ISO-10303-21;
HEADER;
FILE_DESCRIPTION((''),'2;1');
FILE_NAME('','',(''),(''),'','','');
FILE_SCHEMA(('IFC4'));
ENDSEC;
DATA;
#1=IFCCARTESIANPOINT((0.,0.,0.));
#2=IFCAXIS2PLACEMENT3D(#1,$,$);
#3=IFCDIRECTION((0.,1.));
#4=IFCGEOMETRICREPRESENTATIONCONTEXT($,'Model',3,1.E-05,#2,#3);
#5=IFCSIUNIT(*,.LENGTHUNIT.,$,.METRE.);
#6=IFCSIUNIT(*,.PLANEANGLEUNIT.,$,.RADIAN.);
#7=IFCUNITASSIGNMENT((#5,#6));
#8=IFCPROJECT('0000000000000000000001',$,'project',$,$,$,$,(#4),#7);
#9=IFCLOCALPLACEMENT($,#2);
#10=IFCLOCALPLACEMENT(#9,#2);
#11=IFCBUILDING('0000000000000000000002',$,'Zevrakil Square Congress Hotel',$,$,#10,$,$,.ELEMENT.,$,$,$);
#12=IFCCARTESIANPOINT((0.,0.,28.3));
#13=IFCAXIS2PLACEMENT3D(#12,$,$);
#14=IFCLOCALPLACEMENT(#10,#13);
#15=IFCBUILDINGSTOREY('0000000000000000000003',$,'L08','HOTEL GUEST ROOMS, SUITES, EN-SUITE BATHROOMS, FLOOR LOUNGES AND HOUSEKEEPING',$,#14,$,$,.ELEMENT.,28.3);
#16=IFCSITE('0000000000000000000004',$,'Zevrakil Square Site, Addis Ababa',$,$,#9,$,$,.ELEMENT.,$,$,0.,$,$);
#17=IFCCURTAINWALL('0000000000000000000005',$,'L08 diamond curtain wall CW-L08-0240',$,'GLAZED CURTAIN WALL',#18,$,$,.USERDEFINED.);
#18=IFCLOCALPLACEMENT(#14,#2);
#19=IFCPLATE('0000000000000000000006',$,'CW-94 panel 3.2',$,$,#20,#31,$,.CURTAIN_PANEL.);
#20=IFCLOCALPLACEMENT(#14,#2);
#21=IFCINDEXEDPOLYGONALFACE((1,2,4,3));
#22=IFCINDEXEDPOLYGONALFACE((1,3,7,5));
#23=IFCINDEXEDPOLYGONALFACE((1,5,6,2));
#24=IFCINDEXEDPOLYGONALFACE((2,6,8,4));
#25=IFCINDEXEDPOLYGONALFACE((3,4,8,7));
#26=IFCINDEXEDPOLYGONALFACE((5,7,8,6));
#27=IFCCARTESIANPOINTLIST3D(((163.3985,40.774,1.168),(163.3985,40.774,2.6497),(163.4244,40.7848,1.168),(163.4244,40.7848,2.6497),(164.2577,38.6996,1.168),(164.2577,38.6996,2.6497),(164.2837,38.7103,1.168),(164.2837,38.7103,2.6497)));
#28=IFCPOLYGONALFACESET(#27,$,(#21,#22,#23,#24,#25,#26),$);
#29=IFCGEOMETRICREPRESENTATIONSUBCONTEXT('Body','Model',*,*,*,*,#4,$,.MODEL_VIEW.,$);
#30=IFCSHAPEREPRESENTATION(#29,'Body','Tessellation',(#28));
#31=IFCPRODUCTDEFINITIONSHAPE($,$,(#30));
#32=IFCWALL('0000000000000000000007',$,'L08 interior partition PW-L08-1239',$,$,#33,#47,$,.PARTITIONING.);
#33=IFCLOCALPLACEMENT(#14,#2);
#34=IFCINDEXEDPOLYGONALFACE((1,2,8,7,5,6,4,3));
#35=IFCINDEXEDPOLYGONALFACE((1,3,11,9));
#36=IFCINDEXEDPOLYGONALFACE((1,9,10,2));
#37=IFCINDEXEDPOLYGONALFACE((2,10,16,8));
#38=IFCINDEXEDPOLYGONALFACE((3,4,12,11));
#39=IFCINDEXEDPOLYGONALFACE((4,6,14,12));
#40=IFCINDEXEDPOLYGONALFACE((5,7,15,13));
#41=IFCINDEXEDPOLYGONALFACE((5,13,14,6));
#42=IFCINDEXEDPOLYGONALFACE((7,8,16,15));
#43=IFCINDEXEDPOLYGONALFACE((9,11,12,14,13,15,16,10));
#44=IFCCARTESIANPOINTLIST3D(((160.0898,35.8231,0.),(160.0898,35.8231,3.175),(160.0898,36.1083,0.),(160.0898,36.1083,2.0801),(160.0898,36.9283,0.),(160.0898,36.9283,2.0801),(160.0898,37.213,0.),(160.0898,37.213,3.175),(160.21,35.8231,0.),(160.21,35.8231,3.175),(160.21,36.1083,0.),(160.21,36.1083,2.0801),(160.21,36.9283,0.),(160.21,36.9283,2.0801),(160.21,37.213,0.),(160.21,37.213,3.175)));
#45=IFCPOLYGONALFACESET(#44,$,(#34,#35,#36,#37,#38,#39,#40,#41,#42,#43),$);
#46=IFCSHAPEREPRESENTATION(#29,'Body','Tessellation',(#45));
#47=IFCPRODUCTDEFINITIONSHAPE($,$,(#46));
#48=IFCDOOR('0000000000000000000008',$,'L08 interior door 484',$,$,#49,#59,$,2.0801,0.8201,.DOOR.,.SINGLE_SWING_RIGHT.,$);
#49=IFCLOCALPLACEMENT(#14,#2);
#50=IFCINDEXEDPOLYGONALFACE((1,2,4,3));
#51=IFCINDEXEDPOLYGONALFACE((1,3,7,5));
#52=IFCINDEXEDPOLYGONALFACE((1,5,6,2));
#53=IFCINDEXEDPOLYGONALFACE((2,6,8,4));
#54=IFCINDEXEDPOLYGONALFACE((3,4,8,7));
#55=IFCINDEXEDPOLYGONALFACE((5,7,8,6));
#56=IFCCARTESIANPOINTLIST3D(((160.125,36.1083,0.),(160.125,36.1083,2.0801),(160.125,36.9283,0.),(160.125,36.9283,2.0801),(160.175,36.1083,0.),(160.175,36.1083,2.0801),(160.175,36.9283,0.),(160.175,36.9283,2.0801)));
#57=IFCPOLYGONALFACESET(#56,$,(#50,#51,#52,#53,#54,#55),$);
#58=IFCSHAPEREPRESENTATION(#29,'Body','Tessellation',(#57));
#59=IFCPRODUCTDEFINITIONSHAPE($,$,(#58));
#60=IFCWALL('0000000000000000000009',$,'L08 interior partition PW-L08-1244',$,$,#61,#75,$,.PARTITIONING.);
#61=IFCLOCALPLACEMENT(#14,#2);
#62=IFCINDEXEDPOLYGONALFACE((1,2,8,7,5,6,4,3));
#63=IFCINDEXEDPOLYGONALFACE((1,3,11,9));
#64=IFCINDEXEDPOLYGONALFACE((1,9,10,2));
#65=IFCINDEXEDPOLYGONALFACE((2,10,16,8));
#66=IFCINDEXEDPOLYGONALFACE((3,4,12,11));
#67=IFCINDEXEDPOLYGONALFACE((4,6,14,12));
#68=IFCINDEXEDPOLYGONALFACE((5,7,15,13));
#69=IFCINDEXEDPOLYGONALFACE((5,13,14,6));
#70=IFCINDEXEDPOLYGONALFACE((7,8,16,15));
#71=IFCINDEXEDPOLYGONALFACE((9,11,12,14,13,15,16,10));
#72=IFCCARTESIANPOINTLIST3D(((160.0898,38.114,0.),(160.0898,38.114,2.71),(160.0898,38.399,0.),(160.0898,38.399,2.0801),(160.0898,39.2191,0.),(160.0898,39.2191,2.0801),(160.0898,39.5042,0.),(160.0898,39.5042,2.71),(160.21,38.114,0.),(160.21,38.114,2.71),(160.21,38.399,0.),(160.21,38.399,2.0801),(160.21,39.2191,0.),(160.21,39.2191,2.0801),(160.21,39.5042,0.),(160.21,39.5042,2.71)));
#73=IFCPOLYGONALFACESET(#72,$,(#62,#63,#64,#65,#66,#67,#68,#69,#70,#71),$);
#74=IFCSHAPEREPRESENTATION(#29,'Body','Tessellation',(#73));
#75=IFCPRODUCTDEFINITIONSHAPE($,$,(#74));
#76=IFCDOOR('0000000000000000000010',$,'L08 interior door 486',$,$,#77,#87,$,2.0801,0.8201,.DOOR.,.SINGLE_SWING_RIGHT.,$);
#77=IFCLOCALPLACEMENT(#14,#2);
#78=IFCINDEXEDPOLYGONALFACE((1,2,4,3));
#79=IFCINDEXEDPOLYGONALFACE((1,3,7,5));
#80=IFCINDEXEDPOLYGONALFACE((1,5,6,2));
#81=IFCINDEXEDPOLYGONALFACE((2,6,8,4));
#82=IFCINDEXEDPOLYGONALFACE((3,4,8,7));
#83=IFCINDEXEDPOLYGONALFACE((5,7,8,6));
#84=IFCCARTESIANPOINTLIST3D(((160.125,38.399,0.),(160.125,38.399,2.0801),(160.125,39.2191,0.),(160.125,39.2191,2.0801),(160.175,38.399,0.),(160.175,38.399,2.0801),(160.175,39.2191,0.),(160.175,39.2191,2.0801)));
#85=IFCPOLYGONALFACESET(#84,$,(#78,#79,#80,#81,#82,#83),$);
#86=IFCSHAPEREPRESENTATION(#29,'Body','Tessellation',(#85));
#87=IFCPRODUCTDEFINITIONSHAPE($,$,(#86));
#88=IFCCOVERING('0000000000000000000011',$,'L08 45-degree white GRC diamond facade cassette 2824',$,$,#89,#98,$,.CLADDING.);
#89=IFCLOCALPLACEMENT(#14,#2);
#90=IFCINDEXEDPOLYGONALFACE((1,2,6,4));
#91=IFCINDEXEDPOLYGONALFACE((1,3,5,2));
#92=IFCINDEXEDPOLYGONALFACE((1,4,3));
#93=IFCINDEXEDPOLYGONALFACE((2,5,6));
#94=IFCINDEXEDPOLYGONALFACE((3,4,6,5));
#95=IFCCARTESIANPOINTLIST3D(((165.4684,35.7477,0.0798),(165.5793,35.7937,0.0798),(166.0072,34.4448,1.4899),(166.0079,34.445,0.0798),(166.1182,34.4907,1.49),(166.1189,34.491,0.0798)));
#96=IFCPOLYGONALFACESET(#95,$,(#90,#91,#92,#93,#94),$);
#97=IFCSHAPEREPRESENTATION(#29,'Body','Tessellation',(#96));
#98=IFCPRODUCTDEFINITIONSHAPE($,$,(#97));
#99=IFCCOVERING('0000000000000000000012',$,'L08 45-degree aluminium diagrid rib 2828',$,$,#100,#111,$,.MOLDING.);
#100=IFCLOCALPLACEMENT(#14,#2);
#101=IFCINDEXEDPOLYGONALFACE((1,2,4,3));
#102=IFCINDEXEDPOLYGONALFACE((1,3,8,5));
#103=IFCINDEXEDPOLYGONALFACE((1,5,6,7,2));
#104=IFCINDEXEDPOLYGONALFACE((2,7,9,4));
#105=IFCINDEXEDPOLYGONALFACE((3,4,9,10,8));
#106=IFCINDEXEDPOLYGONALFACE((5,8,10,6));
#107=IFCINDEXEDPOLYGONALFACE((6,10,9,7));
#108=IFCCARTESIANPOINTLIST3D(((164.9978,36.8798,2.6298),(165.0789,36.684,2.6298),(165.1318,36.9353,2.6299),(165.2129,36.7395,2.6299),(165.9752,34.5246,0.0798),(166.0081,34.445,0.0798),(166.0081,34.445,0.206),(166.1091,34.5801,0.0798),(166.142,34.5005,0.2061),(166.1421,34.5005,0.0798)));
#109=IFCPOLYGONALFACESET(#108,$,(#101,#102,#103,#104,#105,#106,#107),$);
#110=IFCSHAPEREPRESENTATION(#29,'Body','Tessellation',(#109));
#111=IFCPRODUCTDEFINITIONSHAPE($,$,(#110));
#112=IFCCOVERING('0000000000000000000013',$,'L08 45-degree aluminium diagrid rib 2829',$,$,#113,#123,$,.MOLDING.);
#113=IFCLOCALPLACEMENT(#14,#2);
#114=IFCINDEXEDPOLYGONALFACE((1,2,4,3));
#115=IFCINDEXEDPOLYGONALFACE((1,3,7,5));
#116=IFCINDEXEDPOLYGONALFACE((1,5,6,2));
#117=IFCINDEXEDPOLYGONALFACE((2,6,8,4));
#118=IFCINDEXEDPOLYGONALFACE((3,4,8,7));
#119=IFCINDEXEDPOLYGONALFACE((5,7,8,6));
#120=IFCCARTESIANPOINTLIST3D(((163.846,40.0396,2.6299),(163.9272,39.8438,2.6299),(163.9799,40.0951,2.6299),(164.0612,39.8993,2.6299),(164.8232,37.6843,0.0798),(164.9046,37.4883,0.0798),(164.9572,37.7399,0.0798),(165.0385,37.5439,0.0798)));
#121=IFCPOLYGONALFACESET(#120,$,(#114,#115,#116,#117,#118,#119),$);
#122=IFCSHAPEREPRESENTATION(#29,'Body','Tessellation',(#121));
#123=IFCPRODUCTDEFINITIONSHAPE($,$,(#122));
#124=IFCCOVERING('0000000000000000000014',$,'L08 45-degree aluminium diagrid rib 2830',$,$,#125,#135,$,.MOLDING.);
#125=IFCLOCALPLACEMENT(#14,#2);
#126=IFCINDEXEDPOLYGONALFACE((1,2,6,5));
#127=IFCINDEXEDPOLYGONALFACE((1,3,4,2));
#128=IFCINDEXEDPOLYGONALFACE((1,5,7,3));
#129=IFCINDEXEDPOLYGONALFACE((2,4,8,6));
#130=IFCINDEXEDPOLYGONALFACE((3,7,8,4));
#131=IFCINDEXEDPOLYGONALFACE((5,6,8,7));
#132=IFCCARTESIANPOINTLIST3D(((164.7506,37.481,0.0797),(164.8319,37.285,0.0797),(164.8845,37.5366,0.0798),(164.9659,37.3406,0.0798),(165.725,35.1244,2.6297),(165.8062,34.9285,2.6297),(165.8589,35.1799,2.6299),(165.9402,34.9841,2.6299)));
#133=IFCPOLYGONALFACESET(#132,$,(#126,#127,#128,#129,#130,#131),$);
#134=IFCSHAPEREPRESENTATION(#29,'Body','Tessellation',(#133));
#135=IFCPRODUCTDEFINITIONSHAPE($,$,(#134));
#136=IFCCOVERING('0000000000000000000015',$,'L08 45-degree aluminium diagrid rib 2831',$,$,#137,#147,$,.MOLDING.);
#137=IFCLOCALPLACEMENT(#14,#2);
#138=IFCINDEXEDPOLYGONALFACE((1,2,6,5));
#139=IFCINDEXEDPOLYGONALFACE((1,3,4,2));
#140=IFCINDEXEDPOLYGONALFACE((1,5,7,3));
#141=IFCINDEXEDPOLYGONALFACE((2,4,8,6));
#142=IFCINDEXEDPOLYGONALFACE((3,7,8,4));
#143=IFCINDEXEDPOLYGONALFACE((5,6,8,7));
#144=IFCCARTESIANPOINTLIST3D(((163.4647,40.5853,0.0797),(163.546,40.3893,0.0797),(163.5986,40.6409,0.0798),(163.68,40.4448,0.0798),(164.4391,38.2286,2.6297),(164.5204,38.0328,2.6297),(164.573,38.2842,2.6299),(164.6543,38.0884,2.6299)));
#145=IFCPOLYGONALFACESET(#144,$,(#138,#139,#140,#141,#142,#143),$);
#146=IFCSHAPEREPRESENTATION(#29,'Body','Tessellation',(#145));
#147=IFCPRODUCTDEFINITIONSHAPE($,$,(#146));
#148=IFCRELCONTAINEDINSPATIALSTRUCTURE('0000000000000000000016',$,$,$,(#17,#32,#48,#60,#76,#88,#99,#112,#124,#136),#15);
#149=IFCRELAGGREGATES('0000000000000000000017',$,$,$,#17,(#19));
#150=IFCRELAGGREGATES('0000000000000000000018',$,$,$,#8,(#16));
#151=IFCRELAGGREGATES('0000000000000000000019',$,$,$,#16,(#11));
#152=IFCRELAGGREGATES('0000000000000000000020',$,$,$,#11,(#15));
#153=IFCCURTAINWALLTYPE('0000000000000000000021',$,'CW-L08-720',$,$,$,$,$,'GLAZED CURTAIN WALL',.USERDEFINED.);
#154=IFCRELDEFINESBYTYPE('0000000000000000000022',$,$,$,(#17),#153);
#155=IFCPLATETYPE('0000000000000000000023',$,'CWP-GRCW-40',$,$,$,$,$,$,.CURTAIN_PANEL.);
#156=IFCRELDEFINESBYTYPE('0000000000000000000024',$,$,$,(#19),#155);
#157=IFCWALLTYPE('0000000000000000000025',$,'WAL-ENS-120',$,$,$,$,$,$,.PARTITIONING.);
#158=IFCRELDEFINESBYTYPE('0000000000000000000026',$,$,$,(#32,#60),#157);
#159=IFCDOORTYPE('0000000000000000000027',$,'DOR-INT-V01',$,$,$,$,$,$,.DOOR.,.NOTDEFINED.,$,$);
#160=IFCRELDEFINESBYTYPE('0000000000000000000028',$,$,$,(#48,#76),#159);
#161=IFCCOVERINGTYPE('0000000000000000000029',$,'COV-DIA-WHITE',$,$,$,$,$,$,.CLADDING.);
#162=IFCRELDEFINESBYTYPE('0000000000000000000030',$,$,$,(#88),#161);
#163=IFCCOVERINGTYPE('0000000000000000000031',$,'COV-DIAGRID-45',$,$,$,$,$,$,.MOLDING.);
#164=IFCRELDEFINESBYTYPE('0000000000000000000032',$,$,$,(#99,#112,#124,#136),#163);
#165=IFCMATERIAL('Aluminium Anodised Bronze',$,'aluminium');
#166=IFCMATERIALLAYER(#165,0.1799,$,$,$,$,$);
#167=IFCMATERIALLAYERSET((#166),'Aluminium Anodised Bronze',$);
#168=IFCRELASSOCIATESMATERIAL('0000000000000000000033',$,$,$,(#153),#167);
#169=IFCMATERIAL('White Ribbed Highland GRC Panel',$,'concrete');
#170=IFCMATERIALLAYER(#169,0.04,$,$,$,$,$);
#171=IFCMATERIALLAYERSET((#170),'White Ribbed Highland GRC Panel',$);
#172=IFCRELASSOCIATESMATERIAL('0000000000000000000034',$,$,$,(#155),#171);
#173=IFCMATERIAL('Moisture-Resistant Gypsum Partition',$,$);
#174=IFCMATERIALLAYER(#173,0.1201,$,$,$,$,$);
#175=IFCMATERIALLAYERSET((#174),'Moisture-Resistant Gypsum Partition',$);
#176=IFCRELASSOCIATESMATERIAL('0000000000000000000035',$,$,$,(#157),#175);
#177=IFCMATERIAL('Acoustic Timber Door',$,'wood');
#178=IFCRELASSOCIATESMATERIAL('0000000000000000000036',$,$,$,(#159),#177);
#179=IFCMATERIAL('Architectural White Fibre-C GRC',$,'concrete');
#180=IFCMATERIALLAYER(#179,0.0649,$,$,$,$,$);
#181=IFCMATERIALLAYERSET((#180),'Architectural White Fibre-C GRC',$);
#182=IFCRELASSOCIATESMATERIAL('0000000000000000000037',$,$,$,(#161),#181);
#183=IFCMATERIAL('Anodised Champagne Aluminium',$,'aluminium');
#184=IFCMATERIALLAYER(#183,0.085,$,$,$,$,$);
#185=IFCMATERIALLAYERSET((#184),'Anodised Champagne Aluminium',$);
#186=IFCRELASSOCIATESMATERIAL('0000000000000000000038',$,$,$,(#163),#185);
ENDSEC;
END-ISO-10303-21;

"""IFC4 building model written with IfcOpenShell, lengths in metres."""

from ifc_helpers import new_model, si_unit, direction, frame, frame_2d, origin, origin_2d, place, context, subcontext, project, spatial, polyline, rectangle, outline, extrude, material, layer, layer_set, type_object, element, fill, aggregate, save


model = new_model("IFC4")

# Units and contexts
model_context = context("Model", 3, precision=1e-05, world=origin(), true_north=direction((0.0, 1.0)))
body_context = subcontext(model_context, "Body", "Model", "MODEL_VIEW")
ifc_project = project(units=[si_unit("LENGTHUNIT", "METRE"), si_unit("PLANEANGLEUNIT", "RADIAN")], contexts=[model_context])

# Site, building, storey
site_placement = place(None, origin())
site = spatial("IfcSite", under=ifc_project, at=site_placement, Name="Zevrakil Square Site, Addis Ababa", CompositionType="ELEMENT", RefElevation=0.0)
building_placement = place(site_placement, origin())
building = spatial("IfcBuilding", under=site, at=building_placement, Name="Zevrakil Square Congress Hotel", CompositionType="ELEMENT")
storey_placement = place(building_placement, frame((0.0, 0.0, 28.3)))
storey = spatial("IfcBuildingStorey", under=building, at=storey_placement, Name="L08", Description="HOTEL GUEST ROOMS, SUITES, EN-SUITE BATHROOMS, FLOOR LOUNGES AND HOUSEKEEPING", CompositionType="ELEMENT", Elevation=28.3)

# Curtain wall, plate
ifc_material_1 = material(Name="Aluminium Anodised Bronze", Category="aluminium")
ifc_layer_1 = layer(ifc_material_1, 0.1799)
ifc_layer_set_1 = layer_set([ifc_layer_1], Name="Aluminium Anodised Bronze")
curtain_wall_type = type_object("IfcCurtainWallType", Name="CW-L08-720", ElementType="GLAZED CURTAIN WALL", PredefinedType="USERDEFINED", material=ifc_layer_set_1)
curtain_wall_placement = place(storey_placement, origin())
curtain_wall = element("IfcCurtainWall", 1, at=curtain_wall_placement, inside=storey, type_object=curtain_wall_type, Name="L08 diamond curtain wall CW-L08-0240", ObjectType="GLAZED CURTAIN WALL", PredefinedType="USERDEFINED")
ifc_material_2 = material(Name="White Ribbed Highland GRC Panel", Category="concrete")
ifc_layer_2 = layer(ifc_material_2, 0.04)
ifc_layer_set_2 = layer_set([ifc_layer_2], Name="White Ribbed Highland GRC Panel")
plate_type_1 = type_object("IfcPlateType", Name="CWP-GRCW-40", PredefinedType="CURTAIN_PANEL", material=ifc_layer_set_2)
plate_1_placement = place(storey_placement, frame((163.8411, 39.7422, 1.168), z_axis=(0.0, 0.0, 1.0), x_axis=(-0.382684, 0.923879, 0.0)))
plate_1 = element("IfcPlate", 2, at=plate_1_placement, type_object=plate_type_1, Name="CW-94 panel 3.2", PredefinedType="CURTAIN_PANEL", context=body_context, shape_type="SweptSolid", body=[
    extrude(rectangle(XDim=2.2454, YDim=0.0281, at=origin_2d()), origin(), (0.0, 0.0, 1.0), 1.4817),
])
aggregate(curtain_wall, [plate_1])

# Walls, openings, doors
ifc_material_3 = material(Name="Moisture-Resistant Gypsum Partition")
ifc_layer_3 = layer(ifc_material_3, 0.1201)
ifc_layer_set_3 = layer_set([ifc_layer_3], Name="Moisture-Resistant Gypsum Partition")
wall_type = type_object("IfcWallType", Name="WAL-ENS-120", PredefinedType="PARTITIONING", material=ifc_layer_set_3)
wall_1_placement = place(storey_placement, frame((160.1499, 35.8232, 0.0), z_axis=(0.0, 0.0, 1.0), x_axis=(0.0, 1.0, 0.0)))
wall_1 = element("IfcWall", 3, at=wall_1_placement, inside=storey, type_object=wall_type, Name="L08 interior partition PW-L08-1239", PredefinedType="PARTITIONING", context=body_context, shape_type="SweptSolid", body=[
    extrude(rectangle(XDim=1.3899, YDim=0.1201, at=frame_2d((0.6948, 0.0))), origin(), (0.0, 0.0, 1.0), 3.175),
])
opening_1_placement = place(wall_1_placement, frame((0.2849, 0.0, 0.0)))
opening_1 = element("IfcOpeningElement", 4, at=opening_1_placement, cuts=wall_1, PredefinedType="OPENING", context=body_context, shape_type="SweptSolid", body=[
    extrude(rectangle(XDim=0.8201, YDim=2.0801, at=frame_2d((0.4102, 1.04))), frame((0.0, 0.0701, 0.0), z_axis=(0.0, -1.0, 0.0), x_axis=(1.0, 0.0, 0.0)), (0.0, 0.0, 1.0), 0.1401),
])
ifc_material_4 = material(Name="Acoustic Timber Door", Category="wood")
door_type = type_object("IfcDoorType", Name="DOR-INT-V01", OperationType="NOTDEFINED", PredefinedType="DOOR", material=ifc_material_4)
door_1_placement = place(opening_1_placement, origin())
door_1 = element("IfcDoor", 5, at=door_1_placement, inside=storey, type_object=door_type, Name="L08 interior door 484", OperationType="SINGLE_SWING_RIGHT", OverallHeight=2.0801, OverallWidth=0.8201, PredefinedType="DOOR", context=body_context, shape_type="SweptSolid", body=[
    extrude(rectangle(XDim=0.8201, YDim=2.0801, at=frame_2d((0.4102, 1.04))), frame((0.0, 0.0249, 0.0), z_axis=(0.0, -1.0, 0.0), x_axis=(1.0, 0.0, 0.0)), (0.0, 0.0, 1.0), 0.05),
])
fill(opening_1, door_1)
wall_2_placement = place(storey_placement, frame((160.1499, 38.114, 0.0), z_axis=(0.0, 0.0, 1.0), x_axis=(0.0, 1.0, 0.0)))
wall_2 = element("IfcWall", 6, at=wall_2_placement, inside=storey, type_object=wall_type, Name="L08 interior partition PW-L08-1244", PredefinedType="PARTITIONING", context=body_context, shape_type="SweptSolid", body=[
    extrude(rectangle(XDim=1.3901, YDim=0.1201, at=frame_2d((0.6951, 0.0))), origin(), (0.0, 0.0, 1.0), 2.71),
])
opening_2_placement = place(wall_2_placement, frame((0.2849, 0.0, 0.0)))
opening_2 = element("IfcOpeningElement", 7, at=opening_2_placement, cuts=wall_2, PredefinedType="OPENING", context=body_context, shape_type="SweptSolid", body=[
    extrude(rectangle(XDim=0.8201, YDim=2.0801, at=frame_2d((0.4102, 1.04))), frame((0.0, 0.0701, 0.0), z_axis=(0.0, -1.0, 0.0), x_axis=(1.0, 0.0, 0.0)), (0.0, 0.0, 1.0), 0.1401),
])
door_2_placement = place(opening_2_placement, origin())
door_2 = element("IfcDoor", 8, at=door_2_placement, inside=storey, type_object=door_type, Name="L08 interior door 486", OperationType="SINGLE_SWING_RIGHT", OverallHeight=2.0801, OverallWidth=0.8201, PredefinedType="DOOR", context=body_context, shape_type="SweptSolid", body=[
    extrude(rectangle(XDim=0.8201, YDim=2.0801, at=frame_2d((0.4102, 1.04))), frame((0.0, 0.0249, 0.0), z_axis=(0.0, -1.0, 0.0), x_axis=(1.0, 0.0, 0.0)), (0.0, 0.0, 1.0), 0.05),
])
fill(opening_2, door_2)

# Coverings
ifc_material_5 = material(Name="Architectural White Fibre-C GRC", Category="concrete")
ifc_layer_4 = layer(ifc_material_5, 0.0649)
ifc_layer_set_4 = layer_set([ifc_layer_4], Name="Architectural White Fibre-C GRC")
covering_type_1 = type_object("IfcCoveringType", Name="COV-DIA-WHITE", PredefinedType="CLADDING", material=ifc_layer_set_4)
covering_1_placement = place(storey_placement, frame((165.5793, 35.7937, 0.0798), z_axis=(0.923894, 0.382647, 0.000546), x_axis=(0.382647, -0.923894, 0.0)))
element("IfcCovering", 9, at=covering_1_placement, inside=storey, type_object=covering_type_1, Name="L08 45-degree white GRC diamond facade cassette 2824", PredefinedType="CLADDING", context=body_context, shape_type="SweptSolid", body=[
    extrude(outline(polyline([(0.0, 0.0), (1.41, 0.0), (1.41, -1.4102), (0.0, 0.0)])), origin(), (0.0, 0.0, -1.0), 0.1201),
])
ifc_material_6 = material(Name="Anodised Champagne Aluminium", Category="aluminium")
ifc_layer_5 = layer(ifc_material_6, 0.085)
ifc_layer_set_5 = layer_set([ifc_layer_5], Name="Anodised Champagne Aluminium")
covering_type_2 = type_object("IfcCoveringType", Name="COV-DIAGRID-45", PredefinedType="MOLDING", material=ifc_layer_set_5)
covering_2_placement = place(storey_placement, frame((166.1091, 34.5801, 0.0798), z_axis=(0.923853, 0.382746, 0.000574), x_axis=(0.382746, -0.923854, 0.0)))
element("IfcCovering", 10, at=covering_2_placement, inside=storey, type_object=covering_type_2, Name="L08 45-degree aluminium diagrid rib 2828", PredefinedType="MOLDING", context=body_context, shape_type="SweptSolid", body=[
    extrude(outline(polyline([(0.0, 0.0), (0.0861, 0.0), (0.0861, -0.1262), (-2.338, -2.55), (-2.5499, -2.55), (0.0, 0.0)])), origin(), (0.0, 0.0, -1.0), 0.145),
])
covering_3_placement = place(storey_placement, frame((164.8232, 37.6843, 0.0798), z_axis=(-0.923638, -0.383267, 0.000023), x_axis=(0.383267, -0.923638, 0.0)))
element("IfcCovering", 11, at=covering_3_placement, inside=storey, type_object=covering_type_2, Name="L08 45-degree aluminium diagrid rib 2829", PredefinedType="MOLDING", context=body_context, shape_type="SweptSolid", body=[
    extrude(outline(polyline([(0.0, 0.0), (0.2122, 0.0), (-2.3379, 2.55), (-2.5499, 2.55), (0.0, 0.0)])), origin(), (0.0, 0.0, -1.0), 0.145),
])
for number, where, z_axis, x_axis, name in (
    (12, (165.9402, 34.9841, 2.6299), (0.923637, 0.383266, 0.001268), (-0.383267, 0.923638, 0.0), "L08 45-degree aluminium diagrid rib 2830"),
    (13, (164.6543, 38.0884, 2.6299), (0.923637, 0.383266, 0.001268), (-0.383267, 0.923638, 0.0), "L08 45-degree aluminium diagrid rib 2831"),
):
    element("IfcCovering", number, at=place(storey_placement, frame(where, z_axis=z_axis, x_axis=x_axis)), inside=storey, type_object=covering_type_2, Name=name, PredefinedType="MOLDING", context=body_context, shape_type="SweptSolid", body=[
        extrude(outline(polyline([(0.0, 0.0), (0.212, 0.0), (2.7622, -2.5501), (2.5499, -2.5501), (0.0, 0.0)])), origin(), (0.0, 0.0, -1.0), 0.145),
    ])

save(model, "model.ifc")
